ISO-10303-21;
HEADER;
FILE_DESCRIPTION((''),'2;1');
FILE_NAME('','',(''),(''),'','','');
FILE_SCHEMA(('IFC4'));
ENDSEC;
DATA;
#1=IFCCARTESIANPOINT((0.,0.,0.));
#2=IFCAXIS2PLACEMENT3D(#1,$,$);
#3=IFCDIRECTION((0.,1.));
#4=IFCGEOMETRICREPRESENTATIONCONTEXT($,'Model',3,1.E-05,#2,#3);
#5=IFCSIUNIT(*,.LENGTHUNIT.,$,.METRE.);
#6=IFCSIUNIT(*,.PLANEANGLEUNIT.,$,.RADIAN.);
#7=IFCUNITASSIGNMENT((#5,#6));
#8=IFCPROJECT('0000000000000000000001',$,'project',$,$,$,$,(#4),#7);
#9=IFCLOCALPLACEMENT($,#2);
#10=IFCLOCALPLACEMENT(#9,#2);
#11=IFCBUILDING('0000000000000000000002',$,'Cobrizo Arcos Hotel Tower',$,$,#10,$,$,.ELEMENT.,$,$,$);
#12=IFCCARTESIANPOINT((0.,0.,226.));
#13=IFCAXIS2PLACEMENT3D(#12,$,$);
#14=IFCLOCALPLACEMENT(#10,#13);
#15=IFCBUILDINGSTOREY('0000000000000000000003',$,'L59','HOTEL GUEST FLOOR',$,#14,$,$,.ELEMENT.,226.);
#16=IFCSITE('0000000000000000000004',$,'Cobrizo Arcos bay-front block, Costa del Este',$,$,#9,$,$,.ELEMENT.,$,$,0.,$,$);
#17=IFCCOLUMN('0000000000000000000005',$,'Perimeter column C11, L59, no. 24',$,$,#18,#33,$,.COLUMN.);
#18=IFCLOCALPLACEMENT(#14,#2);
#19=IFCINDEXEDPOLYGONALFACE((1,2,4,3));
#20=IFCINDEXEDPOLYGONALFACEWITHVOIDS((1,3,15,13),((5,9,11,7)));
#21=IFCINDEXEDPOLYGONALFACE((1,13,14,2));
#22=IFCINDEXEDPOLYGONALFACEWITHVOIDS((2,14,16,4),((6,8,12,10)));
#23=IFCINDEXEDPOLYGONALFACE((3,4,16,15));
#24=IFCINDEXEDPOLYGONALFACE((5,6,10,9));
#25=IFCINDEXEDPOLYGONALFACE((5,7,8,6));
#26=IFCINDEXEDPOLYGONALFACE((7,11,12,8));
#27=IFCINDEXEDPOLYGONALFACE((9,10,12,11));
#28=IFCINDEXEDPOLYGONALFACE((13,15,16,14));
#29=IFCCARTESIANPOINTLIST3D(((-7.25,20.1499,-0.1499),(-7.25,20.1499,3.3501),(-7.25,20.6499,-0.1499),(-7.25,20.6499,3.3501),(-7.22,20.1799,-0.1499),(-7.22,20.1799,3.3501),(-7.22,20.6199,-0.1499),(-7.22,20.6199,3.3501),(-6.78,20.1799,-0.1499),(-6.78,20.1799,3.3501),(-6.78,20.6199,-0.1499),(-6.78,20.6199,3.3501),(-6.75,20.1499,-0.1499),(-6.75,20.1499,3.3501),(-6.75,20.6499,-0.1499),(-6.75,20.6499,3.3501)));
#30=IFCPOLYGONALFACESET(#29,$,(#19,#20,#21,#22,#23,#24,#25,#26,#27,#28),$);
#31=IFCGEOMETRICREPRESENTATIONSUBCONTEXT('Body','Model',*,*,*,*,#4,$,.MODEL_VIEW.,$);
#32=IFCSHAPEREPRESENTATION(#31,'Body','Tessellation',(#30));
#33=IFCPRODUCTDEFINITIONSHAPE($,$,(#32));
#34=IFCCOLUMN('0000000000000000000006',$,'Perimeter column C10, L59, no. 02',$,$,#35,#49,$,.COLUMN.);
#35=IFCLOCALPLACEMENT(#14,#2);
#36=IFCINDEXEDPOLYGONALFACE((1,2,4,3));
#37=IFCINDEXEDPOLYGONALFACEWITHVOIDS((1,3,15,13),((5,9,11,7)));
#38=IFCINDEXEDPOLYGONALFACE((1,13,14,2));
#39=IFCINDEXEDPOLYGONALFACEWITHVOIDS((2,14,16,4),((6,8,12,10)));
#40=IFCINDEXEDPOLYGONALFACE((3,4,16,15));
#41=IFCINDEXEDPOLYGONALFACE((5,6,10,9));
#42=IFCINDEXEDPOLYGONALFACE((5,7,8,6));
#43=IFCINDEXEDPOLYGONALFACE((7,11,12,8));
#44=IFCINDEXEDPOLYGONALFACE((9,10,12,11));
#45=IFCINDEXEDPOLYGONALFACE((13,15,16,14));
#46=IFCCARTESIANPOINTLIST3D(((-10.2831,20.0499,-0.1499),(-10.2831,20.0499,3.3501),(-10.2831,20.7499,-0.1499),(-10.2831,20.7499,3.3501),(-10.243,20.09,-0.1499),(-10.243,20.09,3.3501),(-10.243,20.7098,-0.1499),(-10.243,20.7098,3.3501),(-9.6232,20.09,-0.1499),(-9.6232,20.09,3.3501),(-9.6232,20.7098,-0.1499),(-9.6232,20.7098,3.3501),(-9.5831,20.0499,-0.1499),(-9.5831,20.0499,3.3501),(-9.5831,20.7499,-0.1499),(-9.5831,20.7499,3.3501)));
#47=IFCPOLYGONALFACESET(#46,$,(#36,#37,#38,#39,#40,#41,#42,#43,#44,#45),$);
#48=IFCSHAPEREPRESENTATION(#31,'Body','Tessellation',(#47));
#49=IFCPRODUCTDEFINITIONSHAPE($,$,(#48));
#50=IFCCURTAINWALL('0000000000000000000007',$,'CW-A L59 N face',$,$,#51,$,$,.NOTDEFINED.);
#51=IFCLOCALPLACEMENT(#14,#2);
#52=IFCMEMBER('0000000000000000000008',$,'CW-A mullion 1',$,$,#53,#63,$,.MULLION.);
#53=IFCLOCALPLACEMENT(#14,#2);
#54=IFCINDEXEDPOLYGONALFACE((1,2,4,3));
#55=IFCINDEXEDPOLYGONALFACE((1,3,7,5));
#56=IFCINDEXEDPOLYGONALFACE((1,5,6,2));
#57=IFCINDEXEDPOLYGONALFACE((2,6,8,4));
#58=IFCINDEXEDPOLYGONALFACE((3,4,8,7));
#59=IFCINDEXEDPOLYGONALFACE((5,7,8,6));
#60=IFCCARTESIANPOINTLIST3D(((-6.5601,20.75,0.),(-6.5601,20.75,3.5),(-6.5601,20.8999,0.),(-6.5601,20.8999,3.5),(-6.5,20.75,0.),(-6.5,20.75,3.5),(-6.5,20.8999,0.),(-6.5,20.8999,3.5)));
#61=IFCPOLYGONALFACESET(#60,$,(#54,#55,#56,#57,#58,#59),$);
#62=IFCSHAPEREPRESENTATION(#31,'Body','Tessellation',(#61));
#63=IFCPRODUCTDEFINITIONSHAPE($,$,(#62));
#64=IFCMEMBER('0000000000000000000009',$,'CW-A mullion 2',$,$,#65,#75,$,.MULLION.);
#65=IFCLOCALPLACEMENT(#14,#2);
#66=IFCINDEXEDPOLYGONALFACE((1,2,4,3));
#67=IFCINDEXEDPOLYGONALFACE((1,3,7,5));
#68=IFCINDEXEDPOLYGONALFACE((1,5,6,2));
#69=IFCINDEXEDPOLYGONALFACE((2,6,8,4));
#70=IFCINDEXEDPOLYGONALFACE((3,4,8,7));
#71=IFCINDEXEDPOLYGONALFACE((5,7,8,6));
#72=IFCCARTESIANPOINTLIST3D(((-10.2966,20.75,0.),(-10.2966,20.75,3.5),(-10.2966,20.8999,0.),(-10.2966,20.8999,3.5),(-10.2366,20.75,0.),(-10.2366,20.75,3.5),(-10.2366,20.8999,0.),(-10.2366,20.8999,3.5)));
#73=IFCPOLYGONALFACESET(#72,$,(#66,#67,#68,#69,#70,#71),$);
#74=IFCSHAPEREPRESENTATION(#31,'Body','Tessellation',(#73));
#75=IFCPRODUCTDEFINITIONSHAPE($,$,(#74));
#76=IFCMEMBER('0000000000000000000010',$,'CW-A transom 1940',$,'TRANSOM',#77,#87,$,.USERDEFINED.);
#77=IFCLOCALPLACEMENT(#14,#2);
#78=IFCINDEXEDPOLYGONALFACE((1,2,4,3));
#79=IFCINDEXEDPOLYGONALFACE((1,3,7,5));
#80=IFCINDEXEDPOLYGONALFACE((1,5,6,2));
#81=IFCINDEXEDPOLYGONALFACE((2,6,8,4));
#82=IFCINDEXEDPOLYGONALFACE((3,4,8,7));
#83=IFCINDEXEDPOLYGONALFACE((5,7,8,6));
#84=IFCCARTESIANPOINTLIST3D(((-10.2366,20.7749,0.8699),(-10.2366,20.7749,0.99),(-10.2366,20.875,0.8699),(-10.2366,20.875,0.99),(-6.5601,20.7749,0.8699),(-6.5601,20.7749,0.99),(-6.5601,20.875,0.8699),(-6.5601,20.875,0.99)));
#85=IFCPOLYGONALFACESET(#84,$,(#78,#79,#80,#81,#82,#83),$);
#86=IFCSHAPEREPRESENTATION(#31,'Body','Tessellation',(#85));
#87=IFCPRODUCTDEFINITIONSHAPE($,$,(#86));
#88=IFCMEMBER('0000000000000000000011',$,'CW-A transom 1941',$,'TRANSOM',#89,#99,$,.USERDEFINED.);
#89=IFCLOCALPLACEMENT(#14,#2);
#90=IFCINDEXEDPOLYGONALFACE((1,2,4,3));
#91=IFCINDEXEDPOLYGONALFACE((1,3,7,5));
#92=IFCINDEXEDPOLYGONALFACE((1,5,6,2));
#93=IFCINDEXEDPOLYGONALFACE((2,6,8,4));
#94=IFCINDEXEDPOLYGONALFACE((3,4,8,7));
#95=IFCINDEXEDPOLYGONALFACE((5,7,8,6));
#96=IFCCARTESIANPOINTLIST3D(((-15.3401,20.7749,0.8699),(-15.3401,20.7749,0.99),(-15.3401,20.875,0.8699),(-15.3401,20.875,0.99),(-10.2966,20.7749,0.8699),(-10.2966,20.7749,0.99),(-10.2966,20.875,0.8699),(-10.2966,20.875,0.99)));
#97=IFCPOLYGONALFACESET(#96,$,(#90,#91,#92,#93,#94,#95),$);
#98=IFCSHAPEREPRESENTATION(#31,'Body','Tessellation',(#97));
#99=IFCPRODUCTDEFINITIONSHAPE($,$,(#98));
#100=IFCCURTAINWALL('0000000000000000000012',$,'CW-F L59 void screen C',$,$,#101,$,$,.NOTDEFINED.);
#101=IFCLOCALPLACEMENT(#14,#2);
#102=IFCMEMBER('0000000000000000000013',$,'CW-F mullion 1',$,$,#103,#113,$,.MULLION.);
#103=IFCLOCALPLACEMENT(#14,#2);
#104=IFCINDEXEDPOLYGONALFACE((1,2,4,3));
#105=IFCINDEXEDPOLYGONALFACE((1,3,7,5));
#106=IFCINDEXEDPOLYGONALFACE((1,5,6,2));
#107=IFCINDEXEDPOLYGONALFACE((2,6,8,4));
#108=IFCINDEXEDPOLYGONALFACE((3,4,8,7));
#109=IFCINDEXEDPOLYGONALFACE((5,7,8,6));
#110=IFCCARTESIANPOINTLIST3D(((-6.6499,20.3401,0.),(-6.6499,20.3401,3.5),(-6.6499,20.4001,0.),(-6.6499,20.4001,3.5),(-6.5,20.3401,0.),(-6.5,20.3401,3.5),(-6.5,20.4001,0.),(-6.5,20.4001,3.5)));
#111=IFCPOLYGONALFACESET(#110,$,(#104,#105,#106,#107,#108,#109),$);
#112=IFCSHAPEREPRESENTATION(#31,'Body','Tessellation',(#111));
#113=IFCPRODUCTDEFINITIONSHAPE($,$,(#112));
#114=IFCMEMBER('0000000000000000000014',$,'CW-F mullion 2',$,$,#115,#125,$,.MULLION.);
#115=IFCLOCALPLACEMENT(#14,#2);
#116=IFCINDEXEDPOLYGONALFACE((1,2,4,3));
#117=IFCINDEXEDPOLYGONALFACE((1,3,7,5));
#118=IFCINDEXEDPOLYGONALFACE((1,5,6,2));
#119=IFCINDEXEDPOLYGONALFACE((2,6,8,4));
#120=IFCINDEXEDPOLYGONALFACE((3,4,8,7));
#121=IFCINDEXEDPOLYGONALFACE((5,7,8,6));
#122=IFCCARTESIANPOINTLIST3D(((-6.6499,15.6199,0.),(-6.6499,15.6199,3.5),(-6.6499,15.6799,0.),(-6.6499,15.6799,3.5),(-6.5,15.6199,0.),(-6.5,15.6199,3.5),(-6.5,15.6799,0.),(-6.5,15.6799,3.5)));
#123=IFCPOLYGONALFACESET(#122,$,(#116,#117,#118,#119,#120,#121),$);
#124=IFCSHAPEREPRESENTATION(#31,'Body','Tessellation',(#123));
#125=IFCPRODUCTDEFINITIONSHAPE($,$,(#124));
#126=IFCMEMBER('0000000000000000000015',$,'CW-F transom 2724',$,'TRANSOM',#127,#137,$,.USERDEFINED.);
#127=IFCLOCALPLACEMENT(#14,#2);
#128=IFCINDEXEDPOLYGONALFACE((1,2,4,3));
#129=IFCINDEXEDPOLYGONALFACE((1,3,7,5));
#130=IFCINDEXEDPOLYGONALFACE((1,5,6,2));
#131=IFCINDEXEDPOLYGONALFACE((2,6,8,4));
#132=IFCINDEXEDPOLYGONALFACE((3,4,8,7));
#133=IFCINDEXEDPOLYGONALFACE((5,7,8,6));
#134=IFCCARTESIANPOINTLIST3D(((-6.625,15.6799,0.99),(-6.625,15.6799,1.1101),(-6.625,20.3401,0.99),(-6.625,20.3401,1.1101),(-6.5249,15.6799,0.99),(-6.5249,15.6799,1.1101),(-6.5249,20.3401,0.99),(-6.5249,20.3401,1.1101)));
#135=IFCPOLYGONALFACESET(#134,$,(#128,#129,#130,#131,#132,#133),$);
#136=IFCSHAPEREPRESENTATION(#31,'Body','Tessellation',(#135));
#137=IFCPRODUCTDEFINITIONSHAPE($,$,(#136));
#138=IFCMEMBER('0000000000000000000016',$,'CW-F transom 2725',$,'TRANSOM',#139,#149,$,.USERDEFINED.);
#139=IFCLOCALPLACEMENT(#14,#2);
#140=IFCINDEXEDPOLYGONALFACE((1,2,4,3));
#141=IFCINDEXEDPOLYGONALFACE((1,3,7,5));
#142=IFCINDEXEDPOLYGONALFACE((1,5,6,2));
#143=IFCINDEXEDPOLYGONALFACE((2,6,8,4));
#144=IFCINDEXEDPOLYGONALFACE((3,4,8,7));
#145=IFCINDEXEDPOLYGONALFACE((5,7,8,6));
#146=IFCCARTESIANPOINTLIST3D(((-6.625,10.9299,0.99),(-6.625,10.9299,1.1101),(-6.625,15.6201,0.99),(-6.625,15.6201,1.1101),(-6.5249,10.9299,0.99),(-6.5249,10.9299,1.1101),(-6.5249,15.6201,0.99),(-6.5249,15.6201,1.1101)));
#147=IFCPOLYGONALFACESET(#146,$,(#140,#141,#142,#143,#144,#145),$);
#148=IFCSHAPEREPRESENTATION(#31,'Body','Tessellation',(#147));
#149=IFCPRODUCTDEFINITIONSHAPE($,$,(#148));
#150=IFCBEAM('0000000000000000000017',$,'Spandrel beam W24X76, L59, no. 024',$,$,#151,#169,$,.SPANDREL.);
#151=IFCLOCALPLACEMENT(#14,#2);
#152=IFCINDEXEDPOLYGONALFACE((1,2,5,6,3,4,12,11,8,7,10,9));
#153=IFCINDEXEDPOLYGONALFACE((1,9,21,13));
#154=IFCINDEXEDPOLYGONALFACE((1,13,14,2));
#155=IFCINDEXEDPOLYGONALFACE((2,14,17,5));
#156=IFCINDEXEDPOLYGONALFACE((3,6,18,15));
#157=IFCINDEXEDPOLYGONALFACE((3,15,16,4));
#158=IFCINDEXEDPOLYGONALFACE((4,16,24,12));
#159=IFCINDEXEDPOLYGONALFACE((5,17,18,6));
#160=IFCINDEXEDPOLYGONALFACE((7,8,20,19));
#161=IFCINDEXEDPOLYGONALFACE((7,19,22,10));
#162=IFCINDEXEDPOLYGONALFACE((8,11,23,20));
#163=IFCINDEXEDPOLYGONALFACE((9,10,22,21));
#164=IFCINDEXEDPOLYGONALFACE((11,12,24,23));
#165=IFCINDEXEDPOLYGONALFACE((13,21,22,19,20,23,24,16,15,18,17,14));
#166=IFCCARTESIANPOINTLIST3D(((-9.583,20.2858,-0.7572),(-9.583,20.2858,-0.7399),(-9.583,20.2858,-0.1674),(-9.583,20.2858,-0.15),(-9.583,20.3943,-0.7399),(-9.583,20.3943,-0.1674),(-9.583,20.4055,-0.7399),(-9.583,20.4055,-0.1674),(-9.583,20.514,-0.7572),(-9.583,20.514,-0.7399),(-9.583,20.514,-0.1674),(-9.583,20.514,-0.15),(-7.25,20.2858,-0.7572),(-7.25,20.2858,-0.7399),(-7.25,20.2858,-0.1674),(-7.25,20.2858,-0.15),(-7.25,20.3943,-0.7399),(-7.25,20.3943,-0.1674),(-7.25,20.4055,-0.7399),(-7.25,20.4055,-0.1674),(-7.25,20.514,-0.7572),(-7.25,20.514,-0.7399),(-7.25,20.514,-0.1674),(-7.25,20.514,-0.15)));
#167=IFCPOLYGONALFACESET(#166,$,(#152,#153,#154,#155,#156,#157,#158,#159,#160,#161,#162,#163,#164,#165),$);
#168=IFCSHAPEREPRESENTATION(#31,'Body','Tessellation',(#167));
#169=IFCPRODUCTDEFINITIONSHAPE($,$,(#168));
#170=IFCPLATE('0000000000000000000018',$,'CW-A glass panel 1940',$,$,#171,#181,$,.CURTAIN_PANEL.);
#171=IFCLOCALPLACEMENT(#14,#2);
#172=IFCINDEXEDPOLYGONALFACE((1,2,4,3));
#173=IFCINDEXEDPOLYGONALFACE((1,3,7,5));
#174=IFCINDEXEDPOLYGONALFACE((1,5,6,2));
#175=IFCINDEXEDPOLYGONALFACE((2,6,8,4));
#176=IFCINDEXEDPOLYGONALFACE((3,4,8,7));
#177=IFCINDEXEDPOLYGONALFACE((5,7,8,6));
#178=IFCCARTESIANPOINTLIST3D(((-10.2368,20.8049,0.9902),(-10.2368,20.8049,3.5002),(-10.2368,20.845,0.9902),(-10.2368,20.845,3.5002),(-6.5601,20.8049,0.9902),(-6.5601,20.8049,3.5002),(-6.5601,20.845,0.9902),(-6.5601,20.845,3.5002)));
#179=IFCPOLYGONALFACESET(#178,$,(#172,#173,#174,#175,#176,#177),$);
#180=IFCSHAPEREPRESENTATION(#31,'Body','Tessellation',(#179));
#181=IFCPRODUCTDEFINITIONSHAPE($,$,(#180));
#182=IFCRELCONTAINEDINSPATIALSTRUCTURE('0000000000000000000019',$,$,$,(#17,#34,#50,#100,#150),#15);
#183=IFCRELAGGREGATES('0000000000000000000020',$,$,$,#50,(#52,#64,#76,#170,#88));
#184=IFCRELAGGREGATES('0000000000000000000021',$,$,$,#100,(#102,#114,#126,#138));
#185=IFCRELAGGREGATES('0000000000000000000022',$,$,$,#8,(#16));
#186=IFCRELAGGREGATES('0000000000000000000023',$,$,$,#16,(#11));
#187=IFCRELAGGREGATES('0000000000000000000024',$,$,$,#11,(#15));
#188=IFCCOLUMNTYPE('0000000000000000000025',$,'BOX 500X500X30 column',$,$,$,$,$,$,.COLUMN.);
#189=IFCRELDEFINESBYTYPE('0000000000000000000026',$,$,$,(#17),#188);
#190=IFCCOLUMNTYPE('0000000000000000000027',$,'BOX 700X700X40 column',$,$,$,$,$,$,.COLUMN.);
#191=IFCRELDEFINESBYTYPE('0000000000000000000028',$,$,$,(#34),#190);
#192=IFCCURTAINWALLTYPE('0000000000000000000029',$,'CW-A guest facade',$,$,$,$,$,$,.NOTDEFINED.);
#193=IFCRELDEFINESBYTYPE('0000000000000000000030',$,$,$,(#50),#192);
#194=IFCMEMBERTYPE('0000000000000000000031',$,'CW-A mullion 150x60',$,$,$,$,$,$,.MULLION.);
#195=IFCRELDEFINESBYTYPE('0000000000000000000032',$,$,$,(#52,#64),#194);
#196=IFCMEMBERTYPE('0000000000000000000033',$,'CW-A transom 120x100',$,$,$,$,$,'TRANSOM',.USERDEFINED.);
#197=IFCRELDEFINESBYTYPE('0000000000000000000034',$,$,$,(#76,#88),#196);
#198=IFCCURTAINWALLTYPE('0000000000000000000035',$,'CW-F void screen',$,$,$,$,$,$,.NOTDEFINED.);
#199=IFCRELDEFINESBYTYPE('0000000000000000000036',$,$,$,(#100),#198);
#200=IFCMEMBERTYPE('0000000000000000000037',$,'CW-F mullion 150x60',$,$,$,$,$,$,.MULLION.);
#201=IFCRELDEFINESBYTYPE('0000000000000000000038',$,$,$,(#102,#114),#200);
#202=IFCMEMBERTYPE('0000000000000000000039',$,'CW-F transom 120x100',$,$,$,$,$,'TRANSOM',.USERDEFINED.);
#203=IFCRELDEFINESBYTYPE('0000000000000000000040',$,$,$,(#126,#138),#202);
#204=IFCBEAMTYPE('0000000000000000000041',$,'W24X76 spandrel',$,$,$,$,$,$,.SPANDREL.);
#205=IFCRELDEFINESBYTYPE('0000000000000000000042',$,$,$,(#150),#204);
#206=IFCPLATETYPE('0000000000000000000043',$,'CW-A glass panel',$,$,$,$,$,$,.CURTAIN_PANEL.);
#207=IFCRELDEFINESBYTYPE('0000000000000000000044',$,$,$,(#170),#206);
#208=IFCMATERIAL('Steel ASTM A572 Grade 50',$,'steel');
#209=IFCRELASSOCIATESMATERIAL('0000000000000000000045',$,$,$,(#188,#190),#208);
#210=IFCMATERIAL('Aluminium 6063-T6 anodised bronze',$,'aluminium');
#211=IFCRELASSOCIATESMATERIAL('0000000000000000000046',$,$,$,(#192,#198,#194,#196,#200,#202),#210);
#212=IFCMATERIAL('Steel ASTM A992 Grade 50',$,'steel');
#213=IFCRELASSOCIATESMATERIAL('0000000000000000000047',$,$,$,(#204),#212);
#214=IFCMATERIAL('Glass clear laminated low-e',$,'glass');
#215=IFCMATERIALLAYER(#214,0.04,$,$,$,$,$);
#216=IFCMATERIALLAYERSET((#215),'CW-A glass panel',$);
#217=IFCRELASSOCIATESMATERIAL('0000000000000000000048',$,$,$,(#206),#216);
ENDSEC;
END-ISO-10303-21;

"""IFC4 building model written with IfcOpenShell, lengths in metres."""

from ifc_helpers import new_model, si_unit, direction, frame, origin, origin_2d, place, context, subcontext, project, spatial, rectangle, hollow_rectangle, i_section, extrude, material, layer, layer_set, material_profile, profile_set, type_object, element, aggregate, save


model = new_model("IFC4")

# Units and contexts
model_context = context("Model", 3, precision=1e-05, world=origin(), true_north=direction((0.0, 1.0)))
body_context = subcontext(model_context, "Body", "Model", "MODEL_VIEW")
ifc_project = project(units=[si_unit("LENGTHUNIT", "METRE"), si_unit("PLANEANGLEUNIT", "RADIAN")], contexts=[model_context])

# Site, building, storey
site_placement = place(None, origin())
site = spatial("IfcSite", under=ifc_project, at=site_placement, Name="Cobrizo Arcos bay-front block, Costa del Este", CompositionType="ELEMENT", RefElevation=0.0)
building_placement = place(site_placement, origin())
building = spatial("IfcBuilding", under=site, at=building_placement, Name="Cobrizo Arcos Hotel Tower", CompositionType="ELEMENT")
storey_placement = place(building_placement, frame((0.0, 0.0, 226.0)))
storey = spatial("IfcBuildingStorey", under=building, at=storey_placement, Name="L59", Description="HOTEL GUEST FLOOR", CompositionType="ELEMENT", Elevation=226.0)

# Columns
ifc_material_1 = material(Name="Steel ASTM A572 Grade 50", Category="steel")
ifc_material_profile_1 = material_profile(ifc_material_1, hollow_rectangle(XDim=0.5, YDim=0.5, WallThickness=0.03, at=origin_2d()), Name="BOX 500X500X30")
ifc_profile_set_1 = profile_set([ifc_material_profile_1], Name="Steel ASTM A572 Grade 50")
column_type_1 = type_object("IfcColumnType", Name="BOX 500X500X30 column", PredefinedType="COLUMN", material=ifc_profile_set_1)
column_1_placement = place(storey_placement, frame((-7.0, 20.3999, -0.1499), z_axis=(0.0, 0.0, 1.0), x_axis=(1.0, 0.0, 0.0)))
element("IfcColumn", 1, at=column_1_placement, inside=storey, type_object=column_type_1, Name="Perimeter column C11, L59, no. 24", PredefinedType="COLUMN", context=body_context, shape_type="SweptSolid", body=[
    extrude(hollow_rectangle(XDim=0.5, YDim=0.5, WallThickness=0.03, at=origin_2d()), origin(), (0.0, 0.0, 1.0), 3.5),
])
ifc_material_profile_2 = material_profile(ifc_material_1, hollow_rectangle(XDim=0.7, YDim=0.7, WallThickness=0.04, at=origin_2d()), Name="BOX 700X700X40")
ifc_profile_set_2 = profile_set([ifc_material_profile_2], Name="Steel ASTM A572 Grade 50")
column_type_2 = type_object("IfcColumnType", Name="BOX 700X700X40 column", PredefinedType="COLUMN", material=ifc_profile_set_2)
column_2_placement = place(storey_placement, frame((-9.9331, 20.3999, -0.1499), z_axis=(0.0, 0.0, 1.0), x_axis=(1.0, 0.0, 0.0)))
element("IfcColumn", 2, at=column_2_placement, inside=storey, type_object=column_type_2, Name="Perimeter column C10, L59, no. 02", PredefinedType="COLUMN", context=body_context, shape_type="SweptSolid", body=[
    extrude(hollow_rectangle(XDim=0.7, YDim=0.7, WallThickness=0.04, at=origin_2d()), origin(), (0.0, 0.0, 1.0), 3.5),
])

# Curtain walls, members
ifc_material_2 = material(Name="Aluminium 6063-T6 anodised bronze", Category="aluminium")
curtain_wall_type_1 = type_object("IfcCurtainWallType", Name="CW-A guest facade", PredefinedType="NOTDEFINED", material=ifc_material_2)
curtain_wall_1_placement = place(storey_placement, origin())
curtain_wall_1 = element("IfcCurtainWall", 3, at=curtain_wall_1_placement, inside=storey, type_object=curtain_wall_type_1, Name="CW-A L59 N face", PredefinedType="NOTDEFINED")
ifc_material_profile_3 = material_profile(ifc_material_2, rectangle(XDim=0.1499, YDim=0.0601, at=origin_2d()), Name="CW-A mullion 150x60")
ifc_profile_set_3 = profile_set([ifc_material_profile_3], Name="Aluminium 6063-T6 anodised bronze")
member_type_1 = type_object("IfcMemberType", Name="CW-A mullion 150x60", PredefinedType="MULLION", material=ifc_profile_set_3)
member_1_placement = place(storey_placement, frame((-6.53, 20.825, 0.0), z_axis=(0.0, 0.0, 1.0), x_axis=(0.0, 1.0, 0.0)))
member_1 = element("IfcMember", 4, at=member_1_placement, type_object=member_type_1, Name="CW-A mullion 1", PredefinedType="MULLION", context=body_context, shape_type="SweptSolid", body=[
    extrude(rectangle(XDim=0.1499, YDim=0.0601, at=origin_2d()), origin(), (0.0, 0.0, 1.0), 3.5),
])
member_2_placement = place(storey_placement, frame((-10.2666, 20.825, 0.0), z_axis=(0.0, 0.0, 1.0), x_axis=(0.0, 1.0, 0.0)))
member_2 = element("IfcMember", 5, at=member_2_placement, type_object=member_type_1, Name="CW-A mullion 2", PredefinedType="MULLION", context=body_context, shape_type="SweptSolid", body=[
    extrude(rectangle(XDim=0.1499, YDim=0.0601, at=origin_2d()), origin(), (0.0, 0.0, 1.0), 3.5),
])
ifc_material_profile_4 = material_profile(ifc_material_2, rectangle(XDim=0.1001, YDim=0.1201, at=origin_2d()), Name="CW-A transom 120x100")
ifc_profile_set_4 = profile_set([ifc_material_profile_4], Name="Aluminium 6063-T6 anodised bronze")
member_type_2 = type_object("IfcMemberType", Name="CW-A transom 120x100", ElementType="TRANSOM", PredefinedType="USERDEFINED", material=ifc_profile_set_4)
member_3_placement = place(storey_placement, frame((-6.5601, 20.825, 0.9299), z_axis=(-1.0, 0.0, 0.0), x_axis=(0.0, -1.0, 0.0)))
member_3 = element("IfcMember", 6, at=member_3_placement, type_object=member_type_2, Name="CW-A transom 1940", ObjectType="TRANSOM", PredefinedType="USERDEFINED", context=body_context, shape_type="SweptSolid", body=[
    extrude(rectangle(XDim=0.1001, YDim=0.1201, at=origin_2d()), origin(), (0.0, 0.0, 1.0), 3.6765),
])
member_4_placement = place(storey_placement, frame((-10.2966, 20.825, 0.9299), z_axis=(-1.0, 0.0, 0.0), x_axis=(0.0, -1.0, 0.0)))
member_4 = element("IfcMember", 7, at=member_4_placement, type_object=member_type_2, Name="CW-A transom 1941", ObjectType="TRANSOM", PredefinedType="USERDEFINED", context=body_context, shape_type="SweptSolid", body=[
    extrude(rectangle(XDim=0.1001, YDim=0.1201, at=origin_2d()), origin(), (0.0, 0.0, 1.0), 5.0435),
])
curtain_wall_type_2 = type_object("IfcCurtainWallType", Name="CW-F void screen", PredefinedType="NOTDEFINED", material=ifc_material_2)
curtain_wall_2_placement = place(storey_placement, origin())
curtain_wall_2 = element("IfcCurtainWall", 8, at=curtain_wall_2_placement, inside=storey, type_object=curtain_wall_type_2, Name="CW-F L59 void screen C", PredefinedType="NOTDEFINED")
ifc_material_profile_5 = material_profile(ifc_material_2, rectangle(XDim=0.1499, YDim=0.0601, at=origin_2d()), Name="CW-F mullion 150x60")
ifc_profile_set_5 = profile_set([ifc_material_profile_5], Name="Aluminium 6063-T6 anodised bronze")
member_type_3 = type_object("IfcMemberType", Name="CW-F mullion 150x60", PredefinedType="MULLION", material=ifc_profile_set_5)
member_5_placement = place(storey_placement, frame((-6.575, 20.3701, 0.0), z_axis=(0.0, 0.0, 1.0), x_axis=(-1.0, 0.0, 0.0)))
member_5 = element("IfcMember", 9, at=member_5_placement, type_object=member_type_3, Name="CW-F mullion 1", PredefinedType="MULLION", context=body_context, shape_type="SweptSolid", body=[
    extrude(rectangle(XDim=0.1499, YDim=0.0601, at=origin_2d()), origin(), (0.0, 0.0, 1.0), 3.5),
])
member_6_placement = place(storey_placement, frame((-6.575, 15.6499, 0.0), z_axis=(0.0, 0.0, 1.0), x_axis=(-1.0, 0.0, 0.0)))
member_6 = element("IfcMember", 10, at=member_6_placement, type_object=member_type_3, Name="CW-F mullion 2", PredefinedType="MULLION", context=body_context, shape_type="SweptSolid", body=[
    extrude(rectangle(XDim=0.1499, YDim=0.0601, at=origin_2d()), origin(), (0.0, 0.0, 1.0), 3.5),
])
ifc_material_profile_6 = material_profile(ifc_material_2, rectangle(XDim=0.1001, YDim=0.1201, at=origin_2d()), Name="CW-F transom 120x100")
ifc_profile_set_6 = profile_set([ifc_material_profile_6], Name="Aluminium 6063-T6 anodised bronze")
member_type_4 = type_object("IfcMemberType", Name="CW-F transom 120x100", ElementType="TRANSOM", PredefinedType="USERDEFINED", material=ifc_profile_set_6)
member_7_placement = place(storey_placement, frame((-6.575, 20.3401, 1.05), z_axis=(0.0, -1.0, 0.0), x_axis=(1.0, 0.0, 0.0)))
member_7 = element("IfcMember", 11, at=member_7_placement, type_object=member_type_4, Name="CW-F transom 2724", ObjectType="TRANSOM", PredefinedType="USERDEFINED", context=body_context, shape_type="SweptSolid", body=[
    extrude(rectangle(XDim=0.1001, YDim=0.1201, at=origin_2d()), origin(), (0.0, 0.0, 1.0), 4.6602),
])
member_8_placement = place(storey_placement, frame((-6.575, 15.6201, 1.05), z_axis=(0.0, -1.0, 0.0), x_axis=(1.0, 0.0, 0.0)))
member_8 = element("IfcMember", 12, at=member_8_placement, type_object=member_type_4, Name="CW-F transom 2725", ObjectType="TRANSOM", PredefinedType="USERDEFINED", context=body_context, shape_type="SweptSolid", body=[
    extrude(rectangle(XDim=0.1001, YDim=0.1201, at=origin_2d()), origin(), (0.0, 0.0, 1.0), 4.6902),
])

# Beam
ifc_material_3 = material(Name="Steel ASTM A992 Grade 50", Category="steel")
ifc_material_profile_7 = material_profile(ifc_material_3, i_section(OverallWidth=0.2283, OverallDepth=0.6072, WebThickness=0.0112, FlangeThickness=0.0173, at=origin_2d()), Name="W24X76")
ifc_profile_set_7 = profile_set([ifc_material_profile_7], Name="Steel ASTM A992 Grade 50")
beam_type = type_object("IfcBeamType", Name="W24X76 spandrel", PredefinedType="SPANDREL", material=ifc_profile_set_7)
beam_placement = place(storey_placement, frame((-9.583, 20.3999, -0.4536), z_axis=(1.0, 0.0, 0.0), x_axis=(0.0, 1.0, 0.0)))
element("IfcBeam", 13, at=beam_placement, inside=storey, type_object=beam_type, Name="Spandrel beam W24X76, L59, no. 024", PredefinedType="SPANDREL", context=body_context, shape_type="SweptSolid", body=[
    extrude(i_section(OverallWidth=0.2283, OverallDepth=0.6072, WebThickness=0.0112, FlangeThickness=0.0173, at=origin_2d()), origin(), (0.0, 0.0, 1.0), 2.333),
])

# Plate
ifc_material_4 = material(Name="Glass clear laminated low-e", Category="glass")
ifc_layer_1 = layer(ifc_material_4, 0.04)
ifc_layer_set_1 = layer_set([ifc_layer_1], Name="CW-A glass panel")
plate_type_1 = type_object("IfcPlateType", Name="CW-A glass panel", PredefinedType="CURTAIN_PANEL", material=ifc_layer_set_1)
plate_1_placement = place(storey_placement, frame((-8.3984, 20.825, 0.9902), z_axis=(0.0, 0.0, 1.0), x_axis=(-1.0, 0.0, 0.0)))
plate_1 = element("IfcPlate", 14, at=plate_1_placement, type_object=plate_type_1, Name="CW-A glass panel 1940", PredefinedType="CURTAIN_PANEL", context=body_context, shape_type="SweptSolid", body=[
    extrude(rectangle(XDim=3.6768, YDim=0.04, at=origin_2d()), origin(), (0.0, 0.0, 1.0), 2.51),
])
aggregate(curtain_wall_1, [member_1, member_2, member_3, plate_1, member_4])
aggregate(curtain_wall_2, [member_5, member_6, member_7, member_8])

save(model, "model.ifc")
